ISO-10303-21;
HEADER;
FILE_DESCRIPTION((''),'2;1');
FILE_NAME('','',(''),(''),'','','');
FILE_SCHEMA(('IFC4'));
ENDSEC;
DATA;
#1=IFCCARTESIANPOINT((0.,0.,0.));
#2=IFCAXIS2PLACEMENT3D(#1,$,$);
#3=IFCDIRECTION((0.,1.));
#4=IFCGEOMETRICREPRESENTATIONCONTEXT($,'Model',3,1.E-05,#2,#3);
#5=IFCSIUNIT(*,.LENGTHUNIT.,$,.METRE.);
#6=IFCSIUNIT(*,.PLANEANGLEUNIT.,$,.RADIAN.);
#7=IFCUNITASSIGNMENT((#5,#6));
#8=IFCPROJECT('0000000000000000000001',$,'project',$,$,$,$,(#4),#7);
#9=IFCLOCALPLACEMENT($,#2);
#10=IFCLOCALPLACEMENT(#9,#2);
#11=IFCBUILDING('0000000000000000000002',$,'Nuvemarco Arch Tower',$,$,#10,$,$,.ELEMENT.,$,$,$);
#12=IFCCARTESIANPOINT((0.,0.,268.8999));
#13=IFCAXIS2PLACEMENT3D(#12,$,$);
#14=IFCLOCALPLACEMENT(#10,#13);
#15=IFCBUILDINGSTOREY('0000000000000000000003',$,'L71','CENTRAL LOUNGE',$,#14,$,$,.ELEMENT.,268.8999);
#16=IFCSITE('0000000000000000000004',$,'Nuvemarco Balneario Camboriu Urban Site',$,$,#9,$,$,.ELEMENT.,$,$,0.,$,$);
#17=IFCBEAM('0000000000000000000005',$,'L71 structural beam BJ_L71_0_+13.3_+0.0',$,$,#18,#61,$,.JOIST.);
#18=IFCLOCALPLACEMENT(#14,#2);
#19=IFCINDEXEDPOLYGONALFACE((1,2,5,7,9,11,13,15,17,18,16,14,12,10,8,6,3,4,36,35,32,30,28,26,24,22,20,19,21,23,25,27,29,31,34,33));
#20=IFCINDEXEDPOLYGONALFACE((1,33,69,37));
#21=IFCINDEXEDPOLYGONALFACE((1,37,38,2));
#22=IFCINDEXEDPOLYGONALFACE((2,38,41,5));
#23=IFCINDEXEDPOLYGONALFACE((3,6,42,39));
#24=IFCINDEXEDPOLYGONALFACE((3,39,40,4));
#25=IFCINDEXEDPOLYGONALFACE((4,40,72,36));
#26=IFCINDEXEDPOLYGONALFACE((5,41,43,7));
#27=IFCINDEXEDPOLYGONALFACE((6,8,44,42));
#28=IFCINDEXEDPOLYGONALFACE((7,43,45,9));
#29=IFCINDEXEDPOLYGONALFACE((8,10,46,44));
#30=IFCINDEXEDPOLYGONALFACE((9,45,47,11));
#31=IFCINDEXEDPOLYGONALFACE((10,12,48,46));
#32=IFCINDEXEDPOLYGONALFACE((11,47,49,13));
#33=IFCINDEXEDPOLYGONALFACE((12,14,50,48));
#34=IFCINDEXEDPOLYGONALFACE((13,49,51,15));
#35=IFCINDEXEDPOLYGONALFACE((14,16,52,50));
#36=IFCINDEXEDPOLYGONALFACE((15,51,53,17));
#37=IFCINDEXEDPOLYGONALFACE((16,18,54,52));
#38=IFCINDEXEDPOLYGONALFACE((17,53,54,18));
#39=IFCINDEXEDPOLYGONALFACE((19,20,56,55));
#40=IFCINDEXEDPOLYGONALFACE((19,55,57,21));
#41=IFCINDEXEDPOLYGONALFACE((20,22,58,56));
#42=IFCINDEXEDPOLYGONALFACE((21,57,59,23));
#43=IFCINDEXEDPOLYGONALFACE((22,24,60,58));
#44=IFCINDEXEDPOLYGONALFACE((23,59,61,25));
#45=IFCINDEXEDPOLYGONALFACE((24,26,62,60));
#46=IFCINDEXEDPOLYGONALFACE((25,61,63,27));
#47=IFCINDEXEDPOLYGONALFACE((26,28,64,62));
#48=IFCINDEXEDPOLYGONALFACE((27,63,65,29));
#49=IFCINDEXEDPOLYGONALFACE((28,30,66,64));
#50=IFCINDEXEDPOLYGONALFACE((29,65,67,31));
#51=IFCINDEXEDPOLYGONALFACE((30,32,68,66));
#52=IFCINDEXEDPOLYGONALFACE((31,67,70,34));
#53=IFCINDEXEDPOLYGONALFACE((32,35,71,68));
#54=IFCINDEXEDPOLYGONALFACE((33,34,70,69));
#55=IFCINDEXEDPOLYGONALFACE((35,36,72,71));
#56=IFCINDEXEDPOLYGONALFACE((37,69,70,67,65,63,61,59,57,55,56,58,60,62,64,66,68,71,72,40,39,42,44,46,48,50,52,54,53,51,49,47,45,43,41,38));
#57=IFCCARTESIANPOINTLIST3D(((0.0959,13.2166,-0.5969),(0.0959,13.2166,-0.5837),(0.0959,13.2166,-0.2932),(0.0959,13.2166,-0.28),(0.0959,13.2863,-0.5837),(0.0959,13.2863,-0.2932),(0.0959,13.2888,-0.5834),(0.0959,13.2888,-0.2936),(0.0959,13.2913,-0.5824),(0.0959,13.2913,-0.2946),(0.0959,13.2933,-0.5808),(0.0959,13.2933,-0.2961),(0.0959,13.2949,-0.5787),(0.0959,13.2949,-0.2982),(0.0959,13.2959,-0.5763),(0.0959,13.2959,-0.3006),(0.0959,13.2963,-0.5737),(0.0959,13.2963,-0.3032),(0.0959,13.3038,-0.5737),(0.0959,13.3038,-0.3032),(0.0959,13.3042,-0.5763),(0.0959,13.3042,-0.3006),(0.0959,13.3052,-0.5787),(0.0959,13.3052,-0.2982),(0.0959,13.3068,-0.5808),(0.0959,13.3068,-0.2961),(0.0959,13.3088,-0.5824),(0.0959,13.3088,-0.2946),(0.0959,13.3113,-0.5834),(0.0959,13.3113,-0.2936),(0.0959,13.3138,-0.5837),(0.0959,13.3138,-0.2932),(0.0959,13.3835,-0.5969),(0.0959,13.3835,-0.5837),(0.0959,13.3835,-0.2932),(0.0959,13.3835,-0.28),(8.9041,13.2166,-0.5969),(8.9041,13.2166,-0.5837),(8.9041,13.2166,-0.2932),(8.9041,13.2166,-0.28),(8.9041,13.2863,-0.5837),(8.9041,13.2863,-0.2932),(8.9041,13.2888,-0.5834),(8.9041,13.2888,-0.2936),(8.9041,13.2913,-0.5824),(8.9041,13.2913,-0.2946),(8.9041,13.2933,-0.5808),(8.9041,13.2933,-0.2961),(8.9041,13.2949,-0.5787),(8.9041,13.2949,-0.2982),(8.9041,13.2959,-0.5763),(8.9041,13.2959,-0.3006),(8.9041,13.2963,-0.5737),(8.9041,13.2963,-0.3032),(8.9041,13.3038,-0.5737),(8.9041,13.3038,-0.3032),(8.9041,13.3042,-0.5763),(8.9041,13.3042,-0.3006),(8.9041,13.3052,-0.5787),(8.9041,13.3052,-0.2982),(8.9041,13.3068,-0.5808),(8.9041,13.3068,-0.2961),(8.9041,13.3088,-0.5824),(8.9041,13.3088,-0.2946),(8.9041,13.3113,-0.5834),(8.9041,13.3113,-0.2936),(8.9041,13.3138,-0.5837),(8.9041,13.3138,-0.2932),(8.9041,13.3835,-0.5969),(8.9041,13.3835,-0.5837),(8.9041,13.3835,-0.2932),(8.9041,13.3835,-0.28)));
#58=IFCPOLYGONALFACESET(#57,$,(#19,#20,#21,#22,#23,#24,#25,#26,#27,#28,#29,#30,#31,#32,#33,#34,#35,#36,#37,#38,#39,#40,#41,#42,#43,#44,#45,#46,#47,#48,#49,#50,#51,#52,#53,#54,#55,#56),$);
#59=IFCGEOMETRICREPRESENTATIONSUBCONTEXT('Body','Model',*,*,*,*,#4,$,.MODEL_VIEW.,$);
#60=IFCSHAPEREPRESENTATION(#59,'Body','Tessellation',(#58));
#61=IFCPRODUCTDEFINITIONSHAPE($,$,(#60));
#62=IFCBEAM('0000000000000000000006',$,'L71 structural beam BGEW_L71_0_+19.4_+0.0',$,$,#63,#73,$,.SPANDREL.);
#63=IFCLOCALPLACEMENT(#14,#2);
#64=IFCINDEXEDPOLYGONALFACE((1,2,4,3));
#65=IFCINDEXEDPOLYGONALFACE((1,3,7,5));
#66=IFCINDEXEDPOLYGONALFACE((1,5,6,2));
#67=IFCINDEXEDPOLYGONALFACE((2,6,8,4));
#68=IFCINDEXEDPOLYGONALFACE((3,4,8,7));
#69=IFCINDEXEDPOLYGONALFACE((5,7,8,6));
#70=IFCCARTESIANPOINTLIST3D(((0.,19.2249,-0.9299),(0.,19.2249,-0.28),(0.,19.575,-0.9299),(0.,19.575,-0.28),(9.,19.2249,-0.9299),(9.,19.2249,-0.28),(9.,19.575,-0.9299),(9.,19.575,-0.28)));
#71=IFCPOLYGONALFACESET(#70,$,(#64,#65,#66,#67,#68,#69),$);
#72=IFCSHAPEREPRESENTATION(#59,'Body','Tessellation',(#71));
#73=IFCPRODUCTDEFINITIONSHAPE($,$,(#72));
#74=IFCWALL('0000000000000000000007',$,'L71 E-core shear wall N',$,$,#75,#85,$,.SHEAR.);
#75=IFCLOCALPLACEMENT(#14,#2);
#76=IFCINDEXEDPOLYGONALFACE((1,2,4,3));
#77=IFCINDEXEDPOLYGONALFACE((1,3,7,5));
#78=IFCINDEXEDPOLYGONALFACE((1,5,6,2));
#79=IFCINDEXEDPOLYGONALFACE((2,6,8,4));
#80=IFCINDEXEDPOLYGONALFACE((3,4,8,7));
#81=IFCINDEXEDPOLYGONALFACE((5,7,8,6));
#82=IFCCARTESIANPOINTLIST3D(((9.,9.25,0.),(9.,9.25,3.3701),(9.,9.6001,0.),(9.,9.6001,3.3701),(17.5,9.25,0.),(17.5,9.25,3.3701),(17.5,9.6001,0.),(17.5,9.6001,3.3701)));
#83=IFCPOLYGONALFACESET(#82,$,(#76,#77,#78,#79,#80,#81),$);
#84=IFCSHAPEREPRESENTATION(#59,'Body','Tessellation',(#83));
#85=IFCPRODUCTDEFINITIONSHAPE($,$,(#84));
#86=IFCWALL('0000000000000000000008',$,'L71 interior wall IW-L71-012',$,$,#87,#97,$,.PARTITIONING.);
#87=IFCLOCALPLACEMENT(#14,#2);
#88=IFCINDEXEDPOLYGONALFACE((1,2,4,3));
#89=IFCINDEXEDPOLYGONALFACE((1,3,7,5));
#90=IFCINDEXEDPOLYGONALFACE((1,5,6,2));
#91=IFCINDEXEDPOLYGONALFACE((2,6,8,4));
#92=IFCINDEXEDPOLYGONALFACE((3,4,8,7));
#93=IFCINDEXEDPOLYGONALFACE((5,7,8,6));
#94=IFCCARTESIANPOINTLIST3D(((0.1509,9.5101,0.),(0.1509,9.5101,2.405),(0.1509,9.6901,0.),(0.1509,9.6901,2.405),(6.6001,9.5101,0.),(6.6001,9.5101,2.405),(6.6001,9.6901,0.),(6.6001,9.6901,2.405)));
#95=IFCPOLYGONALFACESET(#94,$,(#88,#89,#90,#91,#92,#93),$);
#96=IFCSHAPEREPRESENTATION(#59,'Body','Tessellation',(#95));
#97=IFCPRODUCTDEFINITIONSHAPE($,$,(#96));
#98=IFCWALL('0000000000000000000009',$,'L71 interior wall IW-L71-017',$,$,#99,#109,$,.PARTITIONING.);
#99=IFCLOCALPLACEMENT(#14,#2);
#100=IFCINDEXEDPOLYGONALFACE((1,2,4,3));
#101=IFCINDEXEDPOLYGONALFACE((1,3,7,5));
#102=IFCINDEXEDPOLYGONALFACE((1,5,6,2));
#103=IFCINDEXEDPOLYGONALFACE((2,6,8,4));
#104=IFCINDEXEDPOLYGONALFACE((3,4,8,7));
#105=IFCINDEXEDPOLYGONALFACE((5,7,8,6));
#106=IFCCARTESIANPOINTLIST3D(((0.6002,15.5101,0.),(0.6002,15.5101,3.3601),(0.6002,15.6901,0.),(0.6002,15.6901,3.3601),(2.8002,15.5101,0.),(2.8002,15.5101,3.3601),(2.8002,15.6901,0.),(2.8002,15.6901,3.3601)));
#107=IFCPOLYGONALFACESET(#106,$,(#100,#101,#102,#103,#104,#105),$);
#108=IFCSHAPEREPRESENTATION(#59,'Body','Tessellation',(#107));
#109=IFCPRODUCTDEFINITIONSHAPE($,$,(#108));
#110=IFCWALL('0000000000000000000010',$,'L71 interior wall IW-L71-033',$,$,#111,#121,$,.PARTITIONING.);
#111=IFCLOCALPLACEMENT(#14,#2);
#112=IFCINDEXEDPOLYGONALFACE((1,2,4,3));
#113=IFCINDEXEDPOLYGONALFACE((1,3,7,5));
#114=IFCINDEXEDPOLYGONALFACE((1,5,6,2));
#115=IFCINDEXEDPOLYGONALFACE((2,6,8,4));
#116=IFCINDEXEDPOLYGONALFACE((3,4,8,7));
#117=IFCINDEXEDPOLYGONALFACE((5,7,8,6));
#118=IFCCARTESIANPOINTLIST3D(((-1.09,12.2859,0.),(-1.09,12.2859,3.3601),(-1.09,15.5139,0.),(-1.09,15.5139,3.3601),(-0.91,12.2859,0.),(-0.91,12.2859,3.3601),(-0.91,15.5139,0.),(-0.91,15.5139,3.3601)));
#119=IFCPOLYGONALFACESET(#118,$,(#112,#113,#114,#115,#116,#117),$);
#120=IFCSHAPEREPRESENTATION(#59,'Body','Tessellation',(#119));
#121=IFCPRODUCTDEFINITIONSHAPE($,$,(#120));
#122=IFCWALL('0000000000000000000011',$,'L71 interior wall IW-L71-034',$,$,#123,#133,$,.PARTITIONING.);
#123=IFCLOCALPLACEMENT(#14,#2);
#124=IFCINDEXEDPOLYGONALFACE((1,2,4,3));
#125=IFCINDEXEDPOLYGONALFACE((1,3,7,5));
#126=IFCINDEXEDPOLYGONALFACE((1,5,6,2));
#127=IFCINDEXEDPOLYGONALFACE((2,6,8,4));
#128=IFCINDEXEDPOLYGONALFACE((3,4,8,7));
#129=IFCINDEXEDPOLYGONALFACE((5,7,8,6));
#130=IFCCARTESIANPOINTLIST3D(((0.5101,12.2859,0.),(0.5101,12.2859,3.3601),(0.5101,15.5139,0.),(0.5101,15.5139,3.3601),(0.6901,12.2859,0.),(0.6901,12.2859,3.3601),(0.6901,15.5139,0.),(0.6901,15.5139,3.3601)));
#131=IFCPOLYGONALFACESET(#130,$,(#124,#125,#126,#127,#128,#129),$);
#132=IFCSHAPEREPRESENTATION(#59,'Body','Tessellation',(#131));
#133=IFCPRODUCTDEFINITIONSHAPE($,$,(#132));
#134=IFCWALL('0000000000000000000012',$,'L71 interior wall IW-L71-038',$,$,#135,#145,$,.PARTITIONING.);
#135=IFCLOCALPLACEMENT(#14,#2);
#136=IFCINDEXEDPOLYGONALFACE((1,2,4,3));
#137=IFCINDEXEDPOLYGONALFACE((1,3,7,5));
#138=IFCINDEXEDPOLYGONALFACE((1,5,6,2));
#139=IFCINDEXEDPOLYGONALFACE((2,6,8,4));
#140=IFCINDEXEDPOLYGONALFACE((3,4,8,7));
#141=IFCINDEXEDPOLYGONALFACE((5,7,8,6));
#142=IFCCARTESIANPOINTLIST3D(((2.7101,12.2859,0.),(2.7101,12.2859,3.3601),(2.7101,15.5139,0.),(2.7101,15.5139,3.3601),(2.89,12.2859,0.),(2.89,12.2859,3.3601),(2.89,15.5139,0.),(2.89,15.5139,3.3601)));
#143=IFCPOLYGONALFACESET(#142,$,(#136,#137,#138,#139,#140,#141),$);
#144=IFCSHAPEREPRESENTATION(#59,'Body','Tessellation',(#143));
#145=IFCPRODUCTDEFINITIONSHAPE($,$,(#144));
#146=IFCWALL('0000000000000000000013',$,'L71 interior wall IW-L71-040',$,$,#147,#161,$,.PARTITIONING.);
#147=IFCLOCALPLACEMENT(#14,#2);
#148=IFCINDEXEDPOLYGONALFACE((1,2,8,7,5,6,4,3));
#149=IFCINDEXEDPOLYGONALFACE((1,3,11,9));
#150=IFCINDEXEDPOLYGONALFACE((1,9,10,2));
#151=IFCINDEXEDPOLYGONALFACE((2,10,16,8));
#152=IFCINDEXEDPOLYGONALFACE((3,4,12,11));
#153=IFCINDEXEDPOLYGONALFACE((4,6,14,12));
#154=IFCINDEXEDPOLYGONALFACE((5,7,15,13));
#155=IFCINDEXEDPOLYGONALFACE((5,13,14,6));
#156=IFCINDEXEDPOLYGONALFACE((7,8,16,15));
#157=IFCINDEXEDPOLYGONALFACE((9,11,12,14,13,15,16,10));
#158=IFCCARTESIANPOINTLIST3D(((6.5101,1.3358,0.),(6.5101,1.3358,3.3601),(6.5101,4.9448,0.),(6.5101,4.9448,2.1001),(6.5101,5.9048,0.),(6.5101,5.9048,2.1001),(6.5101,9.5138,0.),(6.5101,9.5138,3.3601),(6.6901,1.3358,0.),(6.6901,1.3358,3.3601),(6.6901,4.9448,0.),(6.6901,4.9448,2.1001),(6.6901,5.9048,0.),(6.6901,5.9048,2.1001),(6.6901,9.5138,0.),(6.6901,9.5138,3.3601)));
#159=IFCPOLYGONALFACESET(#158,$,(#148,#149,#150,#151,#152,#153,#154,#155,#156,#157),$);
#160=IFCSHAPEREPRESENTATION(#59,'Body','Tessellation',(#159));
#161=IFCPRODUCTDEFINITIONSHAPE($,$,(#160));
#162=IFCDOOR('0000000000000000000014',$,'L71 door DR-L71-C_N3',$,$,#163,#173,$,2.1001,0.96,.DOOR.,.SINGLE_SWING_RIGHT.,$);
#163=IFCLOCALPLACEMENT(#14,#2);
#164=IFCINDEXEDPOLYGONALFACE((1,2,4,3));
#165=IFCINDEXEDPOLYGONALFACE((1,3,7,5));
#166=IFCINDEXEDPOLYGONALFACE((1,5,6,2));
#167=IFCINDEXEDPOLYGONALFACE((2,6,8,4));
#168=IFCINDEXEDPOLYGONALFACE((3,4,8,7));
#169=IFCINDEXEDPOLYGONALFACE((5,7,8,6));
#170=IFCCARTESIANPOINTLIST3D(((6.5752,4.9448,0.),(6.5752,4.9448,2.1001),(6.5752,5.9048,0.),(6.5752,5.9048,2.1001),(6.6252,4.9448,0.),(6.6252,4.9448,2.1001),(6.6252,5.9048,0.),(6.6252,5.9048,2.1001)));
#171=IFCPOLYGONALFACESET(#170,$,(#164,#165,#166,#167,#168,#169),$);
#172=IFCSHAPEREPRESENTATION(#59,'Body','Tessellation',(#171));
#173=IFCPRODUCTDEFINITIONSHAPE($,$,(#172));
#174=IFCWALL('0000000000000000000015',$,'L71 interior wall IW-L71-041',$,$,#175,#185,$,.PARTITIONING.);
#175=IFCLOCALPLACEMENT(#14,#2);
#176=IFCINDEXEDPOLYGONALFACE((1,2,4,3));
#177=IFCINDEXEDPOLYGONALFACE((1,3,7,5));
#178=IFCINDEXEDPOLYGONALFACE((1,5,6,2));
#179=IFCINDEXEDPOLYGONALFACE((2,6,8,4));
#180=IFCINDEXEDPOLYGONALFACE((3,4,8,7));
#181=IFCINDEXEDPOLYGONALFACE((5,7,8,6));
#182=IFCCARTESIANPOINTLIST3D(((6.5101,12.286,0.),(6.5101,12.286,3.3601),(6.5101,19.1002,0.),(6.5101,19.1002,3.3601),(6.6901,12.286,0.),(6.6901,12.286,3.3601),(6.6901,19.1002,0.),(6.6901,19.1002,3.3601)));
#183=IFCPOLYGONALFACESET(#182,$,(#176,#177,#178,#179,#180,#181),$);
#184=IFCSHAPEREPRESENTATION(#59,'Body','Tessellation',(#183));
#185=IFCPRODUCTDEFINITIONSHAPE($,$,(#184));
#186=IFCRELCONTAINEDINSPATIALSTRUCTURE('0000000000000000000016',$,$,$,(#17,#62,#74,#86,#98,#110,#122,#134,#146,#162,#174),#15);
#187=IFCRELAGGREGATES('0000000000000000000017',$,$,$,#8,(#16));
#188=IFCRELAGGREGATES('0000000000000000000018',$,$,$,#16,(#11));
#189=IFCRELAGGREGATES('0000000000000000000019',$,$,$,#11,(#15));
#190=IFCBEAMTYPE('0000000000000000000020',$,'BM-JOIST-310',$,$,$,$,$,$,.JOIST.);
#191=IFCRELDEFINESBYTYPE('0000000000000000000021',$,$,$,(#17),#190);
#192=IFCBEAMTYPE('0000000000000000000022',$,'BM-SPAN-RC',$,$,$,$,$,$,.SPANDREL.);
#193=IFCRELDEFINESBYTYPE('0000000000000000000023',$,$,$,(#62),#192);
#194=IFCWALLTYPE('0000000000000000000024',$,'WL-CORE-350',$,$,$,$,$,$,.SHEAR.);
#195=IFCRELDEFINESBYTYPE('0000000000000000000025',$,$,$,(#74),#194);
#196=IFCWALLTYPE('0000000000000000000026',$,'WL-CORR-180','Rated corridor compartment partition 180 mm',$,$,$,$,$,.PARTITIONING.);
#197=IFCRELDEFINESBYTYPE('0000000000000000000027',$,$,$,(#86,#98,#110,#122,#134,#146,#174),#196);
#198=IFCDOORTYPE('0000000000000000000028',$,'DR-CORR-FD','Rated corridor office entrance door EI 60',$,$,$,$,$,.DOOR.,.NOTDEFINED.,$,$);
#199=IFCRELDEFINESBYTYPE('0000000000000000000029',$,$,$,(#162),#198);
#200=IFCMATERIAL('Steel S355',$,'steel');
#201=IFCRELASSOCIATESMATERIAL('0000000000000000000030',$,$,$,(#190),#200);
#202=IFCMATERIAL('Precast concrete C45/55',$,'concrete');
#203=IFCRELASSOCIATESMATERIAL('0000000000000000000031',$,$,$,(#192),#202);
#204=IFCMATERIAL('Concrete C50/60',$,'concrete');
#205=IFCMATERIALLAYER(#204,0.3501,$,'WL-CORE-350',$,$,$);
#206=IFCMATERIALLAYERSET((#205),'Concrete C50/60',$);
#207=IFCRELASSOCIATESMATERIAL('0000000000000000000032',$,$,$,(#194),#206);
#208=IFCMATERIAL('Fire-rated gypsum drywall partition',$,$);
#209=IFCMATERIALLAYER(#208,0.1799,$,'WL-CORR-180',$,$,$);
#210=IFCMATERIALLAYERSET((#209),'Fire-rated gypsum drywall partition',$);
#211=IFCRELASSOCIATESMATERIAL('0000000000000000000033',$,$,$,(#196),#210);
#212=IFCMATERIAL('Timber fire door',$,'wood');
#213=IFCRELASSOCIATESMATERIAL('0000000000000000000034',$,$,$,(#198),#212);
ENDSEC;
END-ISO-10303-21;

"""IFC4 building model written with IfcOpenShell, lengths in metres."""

from ifc_helpers import new_model, si_unit, direction, frame, frame_2d, origin, origin_2d, place, context, subcontext, project, spatial, rectangle, i_section, extrude, source, transform, mapped, material, layer, layer_set, material_profile, profile_set, type_object, type_shapes, element, fill, save


model = new_model("IFC4")

# Units and contexts
model_context = context("Model", 3, precision=1e-05, world=origin(), true_north=direction((0.0, 1.0)))
body_context = subcontext(model_context, "Body", "Model", "MODEL_VIEW")
ifc_project = project(units=[si_unit("LENGTHUNIT", "METRE"), si_unit("PLANEANGLEUNIT", "RADIAN")], contexts=[model_context])

# Site, building, storey
site_placement = place(None, origin())
site = spatial("IfcSite", under=ifc_project, at=site_placement, Name="Nuvemarco Balneario Camboriu Urban Site", CompositionType="ELEMENT", RefElevation=0.0)
building_placement = place(site_placement, origin())
building = spatial("IfcBuilding", under=site, at=building_placement, Name="Nuvemarco Arch Tower", CompositionType="ELEMENT")
storey_placement = place(building_placement, frame((0.0, 0.0, 268.8999)))
storey = spatial("IfcBuildingStorey", under=building, at=storey_placement, Name="L71", Description="CENTRAL LOUNGE", CompositionType="ELEMENT", Elevation=268.8999)

# Shared definitions
ifc_material_1 = material(Name="Concrete C50/60", Category="concrete")
ifc_material_2 = material(Name="Steel S355", Category="steel")

# Beams
ifc_material_profile_1 = material_profile(ifc_material_2, i_section(OverallWidth=0.167, OverallDepth=0.3169, WebThickness=0.0076, FlangeThickness=0.0132, FilletRadius=0.01, at=origin_2d()), Name="W310x52")
ifc_profile_set_1 = profile_set([ifc_material_profile_1], Name="Steel S355")
beam_type_1 = type_object("IfcBeamType", Name="BM-JOIST-310", PredefinedType="JOIST", material=ifc_profile_set_1)
beam_1_placement = place(storey_placement, frame((0.0959, 13.3, -0.4385), z_axis=(1.0, 0.0, 0.0), x_axis=(0.0, 1.0, 0.0)))
element("IfcBeam", 1, at=beam_1_placement, inside=storey, type_object=beam_type_1, Name="L71 structural beam BJ_L71_0_+13.3_+0.0", PredefinedType="JOIST", context=body_context, shape_type="SweptSolid", body=[
    extrude(i_section(OverallWidth=0.167, OverallDepth=0.3169, WebThickness=0.0076, FlangeThickness=0.0132, FilletRadius=0.01, at=origin_2d()), origin(), (0.0, 0.0, 1.0), 8.8081),
])
ifc_material_3 = material(Name="Precast concrete C45/55", Category="concrete")
ifc_material_profile_2 = material_profile(ifc_material_3, rectangle(XDim=0.3501, YDim=0.6499, at=origin_2d()), Name="PC-SP-350x650")
ifc_profile_set_2 = profile_set([ifc_material_profile_2], Name="Precast concrete C45/55")
beam_type_2 = type_object("IfcBeamType", Name="BM-SPAN-RC", PredefinedType="SPANDREL", material=ifc_profile_set_2)
beam_2_placement = place(storey_placement, frame((0.0, 19.3999, -0.605), z_axis=(1.0, 0.0, 0.0), x_axis=(0.0, 1.0, 0.0)))
element("IfcBeam", 2, at=beam_2_placement, inside=storey, type_object=beam_type_2, Name="L71 structural beam BGEW_L71_0_+19.4_+0.0", PredefinedType="SPANDREL", context=body_context, shape_type="SweptSolid", body=[
    extrude(rectangle(XDim=0.3501, YDim=0.6499, at=origin_2d()), origin(), (0.0, 0.0, 1.0), 9.0),
])

# Walls
ifc_layer_1 = layer(ifc_material_1, 0.3501, Name="WL-CORE-350")
ifc_layer_set_1 = layer_set([ifc_layer_1], Name="Concrete C50/60")
wall_type_1 = type_object("IfcWallType", Name="WL-CORE-350", PredefinedType="SHEAR", material=ifc_layer_set_1)
wall_1_placement = place(storey_placement, frame((9.0, 9.425, 0.0), z_axis=(0.0, 0.0, 1.0), x_axis=(1.0, 0.0, 0.0)))
element("IfcWall", 3, at=wall_1_placement, inside=storey, type_object=wall_type_1, Name="L71 E-core shear wall N", PredefinedType="SHEAR", context=body_context, shape_type="SweptSolid", body=[
    extrude(rectangle(XDim=8.5, YDim=0.3501, at=frame_2d((4.25, 0.0))), origin(), (0.0, 0.0, 1.0), 3.3701),
])
ifc_material_4 = material(Name="Fire-rated gypsum drywall partition")
ifc_layer_2 = layer(ifc_material_4, 0.1799, Name="WL-CORR-180")
ifc_layer_set_2 = layer_set([ifc_layer_2], Name="Fire-rated gypsum drywall partition")
wall_type_2 = type_object("IfcWallType", Name="WL-CORR-180", Description="Rated corridor compartment partition 180 mm", PredefinedType="PARTITIONING", material=ifc_layer_set_2)
wall_2_placement = place(storey_placement, frame((0.1509, 9.6001, 0.0), z_axis=(0.0, 0.0, 1.0), x_axis=(1.0, 0.0, 0.0)))
element("IfcWall", 4, at=wall_2_placement, inside=storey, type_object=wall_type_2, Name="L71 interior wall IW-L71-012", PredefinedType="PARTITIONING", context=body_context, shape_type="SweptSolid", body=[
    extrude(rectangle(XDim=6.4492, YDim=0.1799, at=frame_2d((3.2246, 0.0))), origin(), (0.0, 0.0, 1.0), 2.405),
])
wall_3_placement = place(storey_placement, frame((0.6001, 15.6001, 0.0), z_axis=(0.0, 0.0, 1.0), x_axis=(1.0, 0.0, 0.0)))
element("IfcWall", 5, at=wall_3_placement, inside=storey, type_object=wall_type_2, Name="L71 interior wall IW-L71-017", PredefinedType="PARTITIONING", context=body_context, shape_type="SweptSolid", body=[
    extrude(rectangle(XDim=2.2, YDim=0.1799, at=frame_2d((1.1001, 0.0))), origin(), (0.0, 0.0, 1.0), 3.3601),
])
for number, where, z_axis, x_axis, name in (
    (6, (-1.0, 12.2859, 0.0), (0.0, 0.0, 1.0), (0.0, 1.0, 0.0), "L71 interior wall IW-L71-033"),
    (7, (0.6001, 12.2859, 0.0), (0.0, 0.0, 1.0), (0.0, 1.0, 0.0), "L71 interior wall IW-L71-034"),
    (8, (2.8, 12.2859, 0.0), (0.0, 0.0, 1.0), (0.0, 1.0, 0.0), "L71 interior wall IW-L71-038"),
):
    element("IfcWall", number, at=place(storey_placement, frame(where, z_axis=z_axis, x_axis=x_axis)), inside=storey, type_object=wall_type_2, Name=name, PredefinedType="PARTITIONING", context=body_context, shape_type="SweptSolid", body=[
        extrude(rectangle(XDim=3.228, YDim=0.1799, at=frame_2d((1.614, 0.0))), origin(), (0.0, 0.0, 1.0), 3.3601),
    ])

# Wall, opening, door
wall_4_placement = place(storey_placement, frame((6.6001, 1.3359, 0.0), z_axis=(0.0, 0.0, 1.0), x_axis=(0.0, 1.0, 0.0)))
wall_4 = element("IfcWall", 9, at=wall_4_placement, inside=storey, type_object=wall_type_2, Name="L71 interior wall IW-L71-040", PredefinedType="PARTITIONING", context=body_context, shape_type="SweptSolid", body=[
    extrude(rectangle(XDim=8.178, YDim=0.1799, at=frame_2d((4.0889, 0.0))), origin(), (0.0, 0.0, 1.0), 3.3601),
])
opening_placement = place(wall_4_placement, frame((3.6089, 0.0, 0.0)))
opening = element("IfcOpeningElement", 10, at=opening_placement, cuts=wall_4, PredefinedType="OPENING", context=body_context, shape_type="SweptSolid", body=[
    extrude(rectangle(XDim=0.96, YDim=2.1001, at=frame_2d((0.48, 1.05))), frame((0.0, 0.0999, 0.0), z_axis=(0.0, -1.0, 0.0), x_axis=(1.0, 0.0, 0.0)), (0.0, 0.0, 1.0), 0.2),
])
ifc_material_5 = material(Name="Timber fire door", Category="wood")
door_type = type_object("IfcDoorType", Name="DR-CORR-FD", Description="Rated corridor office entrance door EI 60", OperationType="NOTDEFINED", PredefinedType="DOOR", material=ifc_material_5)
shared_shape_1 = source(origin(), body_context, "Body", "SweptSolid", [
    extrude(rectangle(XDim=0.96, YDim=2.1001, at=frame_2d((0.48, 1.05))), frame((0.0, 0.0249, 0.0), z_axis=(0.0, -1.0, 0.0), x_axis=(1.0, 0.0, 0.0)), (0.0, 0.0, 1.0), 0.05),
])
type_shapes(door_type, [shared_shape_1])
door_placement = place(opening_placement, origin())
door = element("IfcDoor", 11, at=door_placement, inside=storey, type_object=door_type, Name="L71 door DR-L71-C_N3", OperationType="SINGLE_SWING_RIGHT", OverallHeight=2.1001, OverallWidth=0.96, PredefinedType="DOOR", context=body_context, shape_type="MappedRepresentation", body=[
    mapped(shared_shape_1, transform((0.0, 0.0, 0.0), scale=1.0)),
])
fill(opening, door)

# Wall
wall_5_placement = place(storey_placement, frame((6.6001, 12.2859, 0.0), z_axis=(0.0, 0.0, 1.0), x_axis=(0.0, 1.0, 0.0)))
element("IfcWall", 12, at=wall_5_placement, inside=storey, type_object=wall_type_2, Name="L71 interior wall IW-L71-041", PredefinedType="PARTITIONING", context=body_context, shape_type="SweptSolid", body=[
    extrude(rectangle(XDim=6.8142, YDim=0.1799, at=frame_2d((3.4072, 0.0))), origin(), (0.0, 0.0, 1.0), 3.3601),
])

save(model, "model.ifc")
